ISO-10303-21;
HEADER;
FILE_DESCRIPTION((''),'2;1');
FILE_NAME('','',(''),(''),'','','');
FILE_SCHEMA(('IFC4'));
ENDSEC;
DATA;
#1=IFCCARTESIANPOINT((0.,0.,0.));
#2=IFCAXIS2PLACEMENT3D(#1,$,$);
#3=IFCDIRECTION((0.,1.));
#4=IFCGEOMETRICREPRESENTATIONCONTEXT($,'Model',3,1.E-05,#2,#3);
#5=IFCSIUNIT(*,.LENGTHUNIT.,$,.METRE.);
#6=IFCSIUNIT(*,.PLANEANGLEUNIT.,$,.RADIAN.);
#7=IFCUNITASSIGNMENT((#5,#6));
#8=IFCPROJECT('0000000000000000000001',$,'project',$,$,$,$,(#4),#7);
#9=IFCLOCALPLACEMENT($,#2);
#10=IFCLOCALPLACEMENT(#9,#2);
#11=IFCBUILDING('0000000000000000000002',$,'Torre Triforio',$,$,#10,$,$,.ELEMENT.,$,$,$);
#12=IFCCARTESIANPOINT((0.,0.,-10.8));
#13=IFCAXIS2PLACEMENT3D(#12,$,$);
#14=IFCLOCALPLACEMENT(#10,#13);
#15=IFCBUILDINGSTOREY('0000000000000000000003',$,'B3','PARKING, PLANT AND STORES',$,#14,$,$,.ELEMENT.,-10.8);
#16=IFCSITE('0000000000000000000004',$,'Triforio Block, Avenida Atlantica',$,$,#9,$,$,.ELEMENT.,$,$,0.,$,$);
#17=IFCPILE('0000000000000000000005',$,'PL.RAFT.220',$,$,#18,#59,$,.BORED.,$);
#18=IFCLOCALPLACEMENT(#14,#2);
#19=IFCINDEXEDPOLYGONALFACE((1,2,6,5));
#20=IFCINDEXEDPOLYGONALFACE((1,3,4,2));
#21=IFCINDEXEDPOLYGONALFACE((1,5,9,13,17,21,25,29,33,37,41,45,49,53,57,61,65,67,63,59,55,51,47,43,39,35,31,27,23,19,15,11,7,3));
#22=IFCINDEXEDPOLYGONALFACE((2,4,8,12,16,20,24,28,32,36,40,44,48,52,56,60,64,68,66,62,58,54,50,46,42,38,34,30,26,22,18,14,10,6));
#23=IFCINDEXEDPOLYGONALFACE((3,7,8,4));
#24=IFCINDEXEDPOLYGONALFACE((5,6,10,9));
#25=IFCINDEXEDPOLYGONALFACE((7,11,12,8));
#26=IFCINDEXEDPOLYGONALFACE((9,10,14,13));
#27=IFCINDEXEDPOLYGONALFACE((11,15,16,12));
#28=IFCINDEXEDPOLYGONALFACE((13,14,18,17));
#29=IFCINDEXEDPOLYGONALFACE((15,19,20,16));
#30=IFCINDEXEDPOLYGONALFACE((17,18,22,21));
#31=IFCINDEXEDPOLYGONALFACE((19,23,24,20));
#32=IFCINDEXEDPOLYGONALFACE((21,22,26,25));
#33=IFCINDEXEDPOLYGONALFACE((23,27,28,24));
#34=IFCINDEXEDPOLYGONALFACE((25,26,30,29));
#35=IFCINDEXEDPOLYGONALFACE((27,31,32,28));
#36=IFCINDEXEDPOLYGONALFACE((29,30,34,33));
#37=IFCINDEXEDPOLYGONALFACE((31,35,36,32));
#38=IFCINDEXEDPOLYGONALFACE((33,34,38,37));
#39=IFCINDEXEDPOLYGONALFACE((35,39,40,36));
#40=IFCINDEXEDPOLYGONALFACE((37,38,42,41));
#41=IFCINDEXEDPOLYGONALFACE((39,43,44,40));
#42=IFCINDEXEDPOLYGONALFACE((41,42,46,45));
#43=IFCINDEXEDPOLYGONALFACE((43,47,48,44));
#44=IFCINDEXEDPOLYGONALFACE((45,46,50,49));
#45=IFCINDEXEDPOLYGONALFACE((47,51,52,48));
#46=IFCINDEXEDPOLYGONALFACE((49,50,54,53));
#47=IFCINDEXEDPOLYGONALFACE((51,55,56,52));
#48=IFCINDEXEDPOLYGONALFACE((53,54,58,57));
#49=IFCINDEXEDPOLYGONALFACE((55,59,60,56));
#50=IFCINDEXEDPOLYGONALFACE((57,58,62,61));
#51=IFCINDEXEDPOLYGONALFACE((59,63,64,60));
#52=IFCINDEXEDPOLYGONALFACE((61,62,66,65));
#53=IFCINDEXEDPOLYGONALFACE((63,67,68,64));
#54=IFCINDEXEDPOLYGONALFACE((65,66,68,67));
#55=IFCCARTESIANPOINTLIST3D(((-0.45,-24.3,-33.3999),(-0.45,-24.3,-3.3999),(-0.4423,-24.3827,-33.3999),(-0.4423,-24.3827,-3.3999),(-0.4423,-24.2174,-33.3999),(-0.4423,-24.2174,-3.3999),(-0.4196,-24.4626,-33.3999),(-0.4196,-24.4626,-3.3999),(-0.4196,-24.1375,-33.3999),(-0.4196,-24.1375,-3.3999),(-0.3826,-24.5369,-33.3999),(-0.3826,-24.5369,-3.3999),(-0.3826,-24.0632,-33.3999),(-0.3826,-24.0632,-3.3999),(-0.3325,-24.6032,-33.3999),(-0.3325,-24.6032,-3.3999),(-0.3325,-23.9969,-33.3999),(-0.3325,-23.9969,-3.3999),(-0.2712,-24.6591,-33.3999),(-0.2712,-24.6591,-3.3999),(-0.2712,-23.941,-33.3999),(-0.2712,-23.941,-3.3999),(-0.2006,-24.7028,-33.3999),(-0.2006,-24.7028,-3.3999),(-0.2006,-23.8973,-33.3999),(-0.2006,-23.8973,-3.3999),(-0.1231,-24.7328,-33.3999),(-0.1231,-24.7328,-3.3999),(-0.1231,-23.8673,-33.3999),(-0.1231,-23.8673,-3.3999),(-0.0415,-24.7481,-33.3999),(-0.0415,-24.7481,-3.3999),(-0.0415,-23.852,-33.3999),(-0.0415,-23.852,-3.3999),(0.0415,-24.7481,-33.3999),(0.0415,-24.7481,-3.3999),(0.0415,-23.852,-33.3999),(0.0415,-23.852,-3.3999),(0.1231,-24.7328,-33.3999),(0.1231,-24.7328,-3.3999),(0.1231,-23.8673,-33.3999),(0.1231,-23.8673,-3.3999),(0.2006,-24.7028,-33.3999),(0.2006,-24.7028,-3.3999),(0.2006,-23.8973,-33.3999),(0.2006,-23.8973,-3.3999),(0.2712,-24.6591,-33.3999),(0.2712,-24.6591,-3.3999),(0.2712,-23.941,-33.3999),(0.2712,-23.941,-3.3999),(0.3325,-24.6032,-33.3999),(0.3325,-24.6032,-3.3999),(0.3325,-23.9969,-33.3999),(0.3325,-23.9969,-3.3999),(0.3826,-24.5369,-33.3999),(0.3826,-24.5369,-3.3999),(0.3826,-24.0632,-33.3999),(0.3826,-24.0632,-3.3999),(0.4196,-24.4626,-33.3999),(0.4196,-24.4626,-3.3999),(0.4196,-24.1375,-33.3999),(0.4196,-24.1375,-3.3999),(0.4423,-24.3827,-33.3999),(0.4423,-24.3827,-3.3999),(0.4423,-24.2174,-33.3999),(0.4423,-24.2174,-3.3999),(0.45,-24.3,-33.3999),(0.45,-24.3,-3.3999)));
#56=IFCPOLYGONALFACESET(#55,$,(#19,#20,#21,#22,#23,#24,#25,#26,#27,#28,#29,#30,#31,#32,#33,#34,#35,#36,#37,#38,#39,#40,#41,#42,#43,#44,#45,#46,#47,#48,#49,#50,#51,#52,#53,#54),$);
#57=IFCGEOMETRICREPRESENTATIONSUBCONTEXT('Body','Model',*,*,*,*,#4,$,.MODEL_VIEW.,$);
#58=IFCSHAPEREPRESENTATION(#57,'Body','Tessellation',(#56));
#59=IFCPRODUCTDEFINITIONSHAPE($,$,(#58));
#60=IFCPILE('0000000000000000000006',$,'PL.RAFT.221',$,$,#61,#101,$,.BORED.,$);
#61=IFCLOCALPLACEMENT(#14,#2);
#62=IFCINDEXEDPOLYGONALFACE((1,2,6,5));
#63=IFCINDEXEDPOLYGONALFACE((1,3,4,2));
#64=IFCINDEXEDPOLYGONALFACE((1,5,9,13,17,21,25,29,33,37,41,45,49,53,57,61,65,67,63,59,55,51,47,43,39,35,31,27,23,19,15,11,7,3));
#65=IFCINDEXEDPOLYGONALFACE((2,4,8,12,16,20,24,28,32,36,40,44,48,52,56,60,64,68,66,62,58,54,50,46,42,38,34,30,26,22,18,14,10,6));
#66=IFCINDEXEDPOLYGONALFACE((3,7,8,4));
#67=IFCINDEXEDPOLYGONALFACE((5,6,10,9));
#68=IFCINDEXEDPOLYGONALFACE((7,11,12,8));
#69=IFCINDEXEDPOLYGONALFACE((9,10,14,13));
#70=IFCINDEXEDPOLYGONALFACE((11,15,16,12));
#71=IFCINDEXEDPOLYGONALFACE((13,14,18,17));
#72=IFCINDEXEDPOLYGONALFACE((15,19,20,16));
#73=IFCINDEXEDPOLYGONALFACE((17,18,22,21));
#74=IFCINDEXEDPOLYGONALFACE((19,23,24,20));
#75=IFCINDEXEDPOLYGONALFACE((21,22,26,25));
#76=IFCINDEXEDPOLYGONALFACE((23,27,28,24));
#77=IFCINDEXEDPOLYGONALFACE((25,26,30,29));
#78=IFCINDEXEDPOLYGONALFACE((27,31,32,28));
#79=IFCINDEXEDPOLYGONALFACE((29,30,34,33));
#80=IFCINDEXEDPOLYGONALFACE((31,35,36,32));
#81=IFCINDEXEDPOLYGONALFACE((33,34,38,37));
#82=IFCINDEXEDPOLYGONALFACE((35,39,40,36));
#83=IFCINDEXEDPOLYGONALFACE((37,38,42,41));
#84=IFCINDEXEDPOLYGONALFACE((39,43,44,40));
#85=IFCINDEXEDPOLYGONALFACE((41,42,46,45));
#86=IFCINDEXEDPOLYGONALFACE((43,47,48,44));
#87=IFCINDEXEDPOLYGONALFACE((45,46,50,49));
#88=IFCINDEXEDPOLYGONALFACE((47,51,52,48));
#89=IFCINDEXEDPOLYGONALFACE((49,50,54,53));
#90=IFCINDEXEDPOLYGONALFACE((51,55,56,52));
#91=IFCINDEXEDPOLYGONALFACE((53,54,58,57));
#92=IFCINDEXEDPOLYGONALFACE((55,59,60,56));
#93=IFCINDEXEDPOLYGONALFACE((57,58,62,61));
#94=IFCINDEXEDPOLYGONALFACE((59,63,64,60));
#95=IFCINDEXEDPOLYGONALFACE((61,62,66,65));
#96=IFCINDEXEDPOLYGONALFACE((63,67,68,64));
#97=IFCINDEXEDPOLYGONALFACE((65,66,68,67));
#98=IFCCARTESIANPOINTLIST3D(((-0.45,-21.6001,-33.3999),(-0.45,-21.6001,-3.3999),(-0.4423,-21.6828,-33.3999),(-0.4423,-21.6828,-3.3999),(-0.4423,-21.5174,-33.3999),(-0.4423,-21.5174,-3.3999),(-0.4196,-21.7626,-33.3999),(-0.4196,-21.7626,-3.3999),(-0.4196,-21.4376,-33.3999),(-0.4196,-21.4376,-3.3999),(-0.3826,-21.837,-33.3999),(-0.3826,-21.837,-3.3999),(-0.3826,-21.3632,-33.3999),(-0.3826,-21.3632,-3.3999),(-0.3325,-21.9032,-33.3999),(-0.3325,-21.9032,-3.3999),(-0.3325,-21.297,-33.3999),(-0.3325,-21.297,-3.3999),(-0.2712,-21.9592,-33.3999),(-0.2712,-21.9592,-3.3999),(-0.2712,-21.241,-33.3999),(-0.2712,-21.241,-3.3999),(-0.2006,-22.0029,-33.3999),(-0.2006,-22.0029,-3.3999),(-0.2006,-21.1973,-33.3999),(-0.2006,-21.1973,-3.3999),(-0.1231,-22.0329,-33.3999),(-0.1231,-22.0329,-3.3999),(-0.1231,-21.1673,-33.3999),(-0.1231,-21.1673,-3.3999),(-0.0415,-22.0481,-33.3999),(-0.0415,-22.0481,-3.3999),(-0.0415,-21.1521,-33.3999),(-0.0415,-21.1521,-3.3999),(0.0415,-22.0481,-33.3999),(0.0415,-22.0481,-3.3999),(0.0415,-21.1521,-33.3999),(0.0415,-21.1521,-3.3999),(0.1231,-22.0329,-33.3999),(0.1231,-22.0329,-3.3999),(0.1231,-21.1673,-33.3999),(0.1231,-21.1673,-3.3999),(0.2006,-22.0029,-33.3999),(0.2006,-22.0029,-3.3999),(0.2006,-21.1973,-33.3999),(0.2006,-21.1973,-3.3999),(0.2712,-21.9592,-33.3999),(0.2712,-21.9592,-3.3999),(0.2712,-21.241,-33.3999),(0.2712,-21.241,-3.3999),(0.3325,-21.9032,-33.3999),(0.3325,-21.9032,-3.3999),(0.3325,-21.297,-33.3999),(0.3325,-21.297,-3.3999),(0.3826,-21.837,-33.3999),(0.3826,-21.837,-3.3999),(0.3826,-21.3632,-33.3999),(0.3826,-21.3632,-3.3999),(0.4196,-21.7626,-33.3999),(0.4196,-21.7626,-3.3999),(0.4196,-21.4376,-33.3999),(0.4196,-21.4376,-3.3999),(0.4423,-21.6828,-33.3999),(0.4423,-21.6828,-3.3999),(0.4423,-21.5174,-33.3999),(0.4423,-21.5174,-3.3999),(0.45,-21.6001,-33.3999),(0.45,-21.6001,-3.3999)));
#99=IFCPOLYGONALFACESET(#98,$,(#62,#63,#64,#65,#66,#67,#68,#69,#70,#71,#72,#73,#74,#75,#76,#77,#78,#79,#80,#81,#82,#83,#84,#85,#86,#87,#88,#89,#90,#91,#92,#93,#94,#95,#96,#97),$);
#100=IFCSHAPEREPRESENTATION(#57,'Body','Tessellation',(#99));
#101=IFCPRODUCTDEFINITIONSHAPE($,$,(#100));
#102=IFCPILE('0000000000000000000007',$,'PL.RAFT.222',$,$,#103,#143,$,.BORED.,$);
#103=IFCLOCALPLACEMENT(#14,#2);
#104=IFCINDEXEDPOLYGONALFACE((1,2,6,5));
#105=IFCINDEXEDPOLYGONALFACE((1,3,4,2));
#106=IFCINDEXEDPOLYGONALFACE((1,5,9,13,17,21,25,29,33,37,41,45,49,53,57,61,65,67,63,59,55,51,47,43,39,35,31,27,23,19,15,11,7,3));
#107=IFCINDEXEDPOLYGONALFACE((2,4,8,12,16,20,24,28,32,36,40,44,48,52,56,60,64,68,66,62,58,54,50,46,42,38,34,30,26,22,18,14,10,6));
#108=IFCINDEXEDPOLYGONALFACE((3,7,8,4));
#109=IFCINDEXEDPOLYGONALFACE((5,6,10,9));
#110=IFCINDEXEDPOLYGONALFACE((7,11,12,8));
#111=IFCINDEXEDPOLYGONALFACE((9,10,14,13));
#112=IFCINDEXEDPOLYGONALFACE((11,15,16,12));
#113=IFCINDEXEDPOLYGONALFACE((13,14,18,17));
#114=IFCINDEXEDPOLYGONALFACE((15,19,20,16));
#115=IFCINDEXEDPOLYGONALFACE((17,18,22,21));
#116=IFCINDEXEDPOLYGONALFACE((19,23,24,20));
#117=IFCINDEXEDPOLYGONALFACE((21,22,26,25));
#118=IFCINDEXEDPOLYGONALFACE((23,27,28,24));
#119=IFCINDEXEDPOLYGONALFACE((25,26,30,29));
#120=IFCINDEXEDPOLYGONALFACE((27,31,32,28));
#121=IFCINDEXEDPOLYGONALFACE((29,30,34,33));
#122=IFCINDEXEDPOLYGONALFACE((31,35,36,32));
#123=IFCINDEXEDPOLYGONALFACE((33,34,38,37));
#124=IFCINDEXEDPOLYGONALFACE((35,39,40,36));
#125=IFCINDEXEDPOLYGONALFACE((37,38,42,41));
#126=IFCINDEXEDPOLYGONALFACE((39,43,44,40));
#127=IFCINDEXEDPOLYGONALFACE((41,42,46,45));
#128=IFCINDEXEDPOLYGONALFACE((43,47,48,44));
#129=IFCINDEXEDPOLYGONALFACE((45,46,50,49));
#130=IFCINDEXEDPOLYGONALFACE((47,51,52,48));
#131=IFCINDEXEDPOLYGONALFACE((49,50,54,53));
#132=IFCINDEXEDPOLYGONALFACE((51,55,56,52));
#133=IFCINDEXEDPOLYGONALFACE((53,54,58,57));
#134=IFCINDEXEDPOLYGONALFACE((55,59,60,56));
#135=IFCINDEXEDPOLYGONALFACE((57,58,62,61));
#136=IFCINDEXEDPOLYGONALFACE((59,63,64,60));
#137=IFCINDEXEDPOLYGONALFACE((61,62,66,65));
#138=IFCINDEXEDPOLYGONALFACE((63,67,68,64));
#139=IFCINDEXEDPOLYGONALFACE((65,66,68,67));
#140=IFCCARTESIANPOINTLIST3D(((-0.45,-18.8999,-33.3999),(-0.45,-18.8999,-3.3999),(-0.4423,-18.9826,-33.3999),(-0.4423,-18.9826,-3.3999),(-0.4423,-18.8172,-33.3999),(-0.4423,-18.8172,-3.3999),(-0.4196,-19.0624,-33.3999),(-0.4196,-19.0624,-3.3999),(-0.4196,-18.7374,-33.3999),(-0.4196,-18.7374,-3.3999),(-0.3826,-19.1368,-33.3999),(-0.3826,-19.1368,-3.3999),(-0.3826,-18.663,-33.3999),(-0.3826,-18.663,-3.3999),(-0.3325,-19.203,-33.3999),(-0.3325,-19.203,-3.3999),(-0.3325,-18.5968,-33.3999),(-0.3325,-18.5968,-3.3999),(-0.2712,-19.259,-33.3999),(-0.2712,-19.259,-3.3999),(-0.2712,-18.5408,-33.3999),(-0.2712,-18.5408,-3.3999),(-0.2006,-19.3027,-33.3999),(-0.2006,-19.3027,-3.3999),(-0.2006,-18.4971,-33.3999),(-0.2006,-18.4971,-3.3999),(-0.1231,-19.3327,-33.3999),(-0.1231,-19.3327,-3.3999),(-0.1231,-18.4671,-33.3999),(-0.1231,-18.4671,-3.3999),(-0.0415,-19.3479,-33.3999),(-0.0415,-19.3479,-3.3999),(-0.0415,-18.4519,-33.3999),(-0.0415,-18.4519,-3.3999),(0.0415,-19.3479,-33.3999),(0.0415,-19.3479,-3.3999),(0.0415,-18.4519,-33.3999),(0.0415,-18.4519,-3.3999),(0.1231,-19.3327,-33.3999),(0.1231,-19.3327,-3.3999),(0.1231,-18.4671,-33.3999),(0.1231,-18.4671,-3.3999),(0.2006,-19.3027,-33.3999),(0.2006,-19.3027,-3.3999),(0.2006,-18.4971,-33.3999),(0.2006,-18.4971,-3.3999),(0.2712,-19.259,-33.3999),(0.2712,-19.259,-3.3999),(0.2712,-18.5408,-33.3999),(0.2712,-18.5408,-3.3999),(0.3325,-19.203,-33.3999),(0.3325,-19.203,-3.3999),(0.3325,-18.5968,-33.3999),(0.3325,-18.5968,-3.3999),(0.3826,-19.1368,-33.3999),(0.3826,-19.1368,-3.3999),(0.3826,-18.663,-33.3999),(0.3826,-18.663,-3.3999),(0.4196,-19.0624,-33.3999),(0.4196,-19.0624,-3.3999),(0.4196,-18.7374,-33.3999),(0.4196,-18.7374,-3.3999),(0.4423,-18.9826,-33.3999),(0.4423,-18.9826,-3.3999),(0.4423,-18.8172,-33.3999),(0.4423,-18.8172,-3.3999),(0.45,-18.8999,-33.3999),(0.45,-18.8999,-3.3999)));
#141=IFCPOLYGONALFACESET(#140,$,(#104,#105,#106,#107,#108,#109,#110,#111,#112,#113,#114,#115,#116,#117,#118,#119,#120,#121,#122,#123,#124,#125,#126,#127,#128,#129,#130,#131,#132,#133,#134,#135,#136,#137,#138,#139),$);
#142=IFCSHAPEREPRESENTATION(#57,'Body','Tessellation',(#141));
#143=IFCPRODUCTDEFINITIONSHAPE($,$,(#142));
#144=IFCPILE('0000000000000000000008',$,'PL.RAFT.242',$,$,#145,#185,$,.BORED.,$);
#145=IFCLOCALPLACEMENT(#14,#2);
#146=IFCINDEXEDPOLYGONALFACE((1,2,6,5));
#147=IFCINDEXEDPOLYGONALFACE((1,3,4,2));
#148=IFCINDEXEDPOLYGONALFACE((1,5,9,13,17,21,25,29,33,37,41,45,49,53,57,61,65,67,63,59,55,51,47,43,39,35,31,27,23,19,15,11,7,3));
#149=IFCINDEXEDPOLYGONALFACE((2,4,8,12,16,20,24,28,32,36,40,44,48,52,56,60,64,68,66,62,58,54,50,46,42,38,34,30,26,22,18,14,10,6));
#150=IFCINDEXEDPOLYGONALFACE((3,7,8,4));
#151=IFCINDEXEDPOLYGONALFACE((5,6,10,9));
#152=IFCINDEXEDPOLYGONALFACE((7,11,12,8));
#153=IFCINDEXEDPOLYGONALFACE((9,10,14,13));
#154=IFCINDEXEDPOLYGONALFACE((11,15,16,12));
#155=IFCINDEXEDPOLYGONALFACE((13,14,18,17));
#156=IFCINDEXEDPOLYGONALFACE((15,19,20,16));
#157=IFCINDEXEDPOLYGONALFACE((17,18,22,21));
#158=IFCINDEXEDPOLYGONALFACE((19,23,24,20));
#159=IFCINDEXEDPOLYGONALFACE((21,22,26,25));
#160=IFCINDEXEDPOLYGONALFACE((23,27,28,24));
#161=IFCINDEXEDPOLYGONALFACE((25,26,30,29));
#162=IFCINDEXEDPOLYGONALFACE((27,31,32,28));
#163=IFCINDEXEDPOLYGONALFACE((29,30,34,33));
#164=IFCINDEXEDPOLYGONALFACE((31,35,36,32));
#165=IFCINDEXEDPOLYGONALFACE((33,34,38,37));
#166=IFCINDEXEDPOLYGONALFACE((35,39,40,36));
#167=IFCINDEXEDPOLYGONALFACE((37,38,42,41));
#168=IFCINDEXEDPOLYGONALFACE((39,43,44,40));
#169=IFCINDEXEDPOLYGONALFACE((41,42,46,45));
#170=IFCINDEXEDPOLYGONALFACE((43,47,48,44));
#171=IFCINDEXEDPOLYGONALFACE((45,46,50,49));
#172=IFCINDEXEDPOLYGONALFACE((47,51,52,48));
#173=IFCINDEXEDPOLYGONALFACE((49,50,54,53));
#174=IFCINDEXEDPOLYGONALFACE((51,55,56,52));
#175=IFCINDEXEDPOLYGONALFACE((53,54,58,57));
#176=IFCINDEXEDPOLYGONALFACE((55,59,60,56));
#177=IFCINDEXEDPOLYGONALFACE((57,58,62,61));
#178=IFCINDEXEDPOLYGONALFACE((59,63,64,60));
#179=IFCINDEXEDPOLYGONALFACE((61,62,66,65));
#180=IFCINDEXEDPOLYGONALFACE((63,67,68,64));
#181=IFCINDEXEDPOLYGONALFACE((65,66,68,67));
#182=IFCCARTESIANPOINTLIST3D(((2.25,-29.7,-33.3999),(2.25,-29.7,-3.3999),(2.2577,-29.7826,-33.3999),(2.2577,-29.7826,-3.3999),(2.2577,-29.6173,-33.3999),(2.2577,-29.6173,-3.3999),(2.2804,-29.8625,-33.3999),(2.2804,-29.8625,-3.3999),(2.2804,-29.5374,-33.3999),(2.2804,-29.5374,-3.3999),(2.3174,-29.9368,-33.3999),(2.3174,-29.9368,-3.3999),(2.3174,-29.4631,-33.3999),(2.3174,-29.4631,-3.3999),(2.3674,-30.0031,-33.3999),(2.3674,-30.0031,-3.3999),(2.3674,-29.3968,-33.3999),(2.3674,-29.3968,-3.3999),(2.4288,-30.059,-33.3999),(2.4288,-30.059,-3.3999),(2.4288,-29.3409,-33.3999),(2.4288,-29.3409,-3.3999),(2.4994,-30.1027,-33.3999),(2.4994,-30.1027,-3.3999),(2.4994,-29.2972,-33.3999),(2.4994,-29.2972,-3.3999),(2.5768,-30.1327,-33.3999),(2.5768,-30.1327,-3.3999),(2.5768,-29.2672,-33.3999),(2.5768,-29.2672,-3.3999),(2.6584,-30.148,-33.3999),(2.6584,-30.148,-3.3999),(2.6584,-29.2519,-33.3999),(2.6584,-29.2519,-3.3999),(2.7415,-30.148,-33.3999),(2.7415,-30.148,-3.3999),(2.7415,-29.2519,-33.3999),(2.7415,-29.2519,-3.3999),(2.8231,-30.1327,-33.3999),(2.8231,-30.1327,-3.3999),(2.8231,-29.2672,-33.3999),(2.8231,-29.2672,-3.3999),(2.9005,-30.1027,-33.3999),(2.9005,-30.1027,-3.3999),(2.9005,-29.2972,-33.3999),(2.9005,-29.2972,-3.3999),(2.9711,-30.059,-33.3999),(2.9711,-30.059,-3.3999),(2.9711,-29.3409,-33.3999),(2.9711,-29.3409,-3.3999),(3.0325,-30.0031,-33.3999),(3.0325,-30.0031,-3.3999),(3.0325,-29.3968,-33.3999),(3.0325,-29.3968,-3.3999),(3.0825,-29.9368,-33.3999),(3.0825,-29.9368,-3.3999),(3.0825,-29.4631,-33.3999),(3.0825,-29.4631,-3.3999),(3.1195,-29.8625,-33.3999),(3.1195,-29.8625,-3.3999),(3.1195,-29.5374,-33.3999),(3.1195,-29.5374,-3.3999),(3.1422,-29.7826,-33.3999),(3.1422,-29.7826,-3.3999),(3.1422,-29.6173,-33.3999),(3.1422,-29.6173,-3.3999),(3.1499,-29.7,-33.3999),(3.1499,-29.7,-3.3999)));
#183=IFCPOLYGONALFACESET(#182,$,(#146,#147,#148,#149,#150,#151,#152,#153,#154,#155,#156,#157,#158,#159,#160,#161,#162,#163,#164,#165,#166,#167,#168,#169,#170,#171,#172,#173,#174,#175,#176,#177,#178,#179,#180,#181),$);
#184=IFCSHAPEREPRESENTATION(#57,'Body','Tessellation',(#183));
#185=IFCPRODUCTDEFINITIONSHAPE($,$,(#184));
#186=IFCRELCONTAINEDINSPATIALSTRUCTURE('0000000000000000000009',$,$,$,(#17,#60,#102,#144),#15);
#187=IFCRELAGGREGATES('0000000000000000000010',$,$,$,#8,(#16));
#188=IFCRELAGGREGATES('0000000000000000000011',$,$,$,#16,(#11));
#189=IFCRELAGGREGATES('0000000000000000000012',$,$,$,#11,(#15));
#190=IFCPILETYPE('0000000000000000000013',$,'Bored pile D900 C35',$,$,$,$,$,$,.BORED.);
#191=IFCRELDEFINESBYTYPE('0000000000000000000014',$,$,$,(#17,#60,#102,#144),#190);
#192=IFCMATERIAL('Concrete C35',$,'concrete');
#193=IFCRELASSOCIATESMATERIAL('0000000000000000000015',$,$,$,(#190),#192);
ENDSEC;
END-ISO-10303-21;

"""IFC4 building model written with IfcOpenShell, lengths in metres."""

from ifc_helpers import new_model, si_unit, direction, frame, origin, origin_2d, place, context, subcontext, project, spatial, circle, extrude, material, material_profile, profile_set, type_object, element, save


model = new_model("IFC4")

# Units and contexts
model_context = context("Model", 3, precision=1e-05, world=origin(), true_north=direction((0.0, 1.0)))
body_context = subcontext(model_context, "Body", "Model", "MODEL_VIEW")
ifc_project = project(units=[si_unit("LENGTHUNIT", "METRE"), si_unit("PLANEANGLEUNIT", "RADIAN")], contexts=[model_context])

# Site, building, storey
site_placement = place(None, origin())
site = spatial("IfcSite", under=ifc_project, at=site_placement, Name="Triforio Block, Avenida Atlantica", CompositionType="ELEMENT", RefElevation=0.0)
building_placement = place(site_placement, origin())
building = spatial("IfcBuilding", under=site, at=building_placement, Name="Torre Triforio", CompositionType="ELEMENT")
storey_placement = place(building_placement, frame((0.0, 0.0, -10.8)))
storey = spatial("IfcBuildingStorey", under=building, at=storey_placement, Name="B3", Description="PARKING, PLANT AND STORES", CompositionType="ELEMENT", Elevation=-10.8)

# Piles
ifc_material_1 = material(Name="Concrete C35", Category="concrete")
ifc_material_profile_1 = material_profile(ifc_material_1, circle(Radius=0.45, at=origin_2d()), Name="RC D900")
ifc_profile_set_1 = profile_set([ifc_material_profile_1], Name="Concrete C35")
pile_type = type_object("IfcPileType", Name="Bored pile D900 C35", PredefinedType="BORED", material=ifc_profile_set_1)
for number, where, z_axis, x_axis, name in (
    (1, (0.0, -24.3, -3.3999), (0.0, 0.0, -1.0), (1.0, 0.0, 0.0), "PL.RAFT.220"),
    (2, (0.0, -21.6001, -3.3999), (0.0, 0.0, -1.0), (1.0, 0.0, 0.0), "PL.RAFT.221"),
    (3, (0.0, -18.8999, -3.3999), (0.0, 0.0, -1.0), (1.0, 0.0, 0.0), "PL.RAFT.222"),
    (4, (2.7, -29.7, -3.3999), (0.0, 0.0, -1.0), (1.0, 0.0, 0.0), "PL.RAFT.242"),
):
    element("IfcPile", number, at=place(storey_placement, frame(where, z_axis=z_axis, x_axis=x_axis)), inside=storey, type_object=pile_type, Name=name, PredefinedType="BORED", context=body_context, shape_type="SweptSolid", body=[
        extrude(circle(Radius=0.45, at=origin_2d()), origin(), (0.0, 0.0, 1.0), 30.0),
    ])

save(model, "model.ifc")
